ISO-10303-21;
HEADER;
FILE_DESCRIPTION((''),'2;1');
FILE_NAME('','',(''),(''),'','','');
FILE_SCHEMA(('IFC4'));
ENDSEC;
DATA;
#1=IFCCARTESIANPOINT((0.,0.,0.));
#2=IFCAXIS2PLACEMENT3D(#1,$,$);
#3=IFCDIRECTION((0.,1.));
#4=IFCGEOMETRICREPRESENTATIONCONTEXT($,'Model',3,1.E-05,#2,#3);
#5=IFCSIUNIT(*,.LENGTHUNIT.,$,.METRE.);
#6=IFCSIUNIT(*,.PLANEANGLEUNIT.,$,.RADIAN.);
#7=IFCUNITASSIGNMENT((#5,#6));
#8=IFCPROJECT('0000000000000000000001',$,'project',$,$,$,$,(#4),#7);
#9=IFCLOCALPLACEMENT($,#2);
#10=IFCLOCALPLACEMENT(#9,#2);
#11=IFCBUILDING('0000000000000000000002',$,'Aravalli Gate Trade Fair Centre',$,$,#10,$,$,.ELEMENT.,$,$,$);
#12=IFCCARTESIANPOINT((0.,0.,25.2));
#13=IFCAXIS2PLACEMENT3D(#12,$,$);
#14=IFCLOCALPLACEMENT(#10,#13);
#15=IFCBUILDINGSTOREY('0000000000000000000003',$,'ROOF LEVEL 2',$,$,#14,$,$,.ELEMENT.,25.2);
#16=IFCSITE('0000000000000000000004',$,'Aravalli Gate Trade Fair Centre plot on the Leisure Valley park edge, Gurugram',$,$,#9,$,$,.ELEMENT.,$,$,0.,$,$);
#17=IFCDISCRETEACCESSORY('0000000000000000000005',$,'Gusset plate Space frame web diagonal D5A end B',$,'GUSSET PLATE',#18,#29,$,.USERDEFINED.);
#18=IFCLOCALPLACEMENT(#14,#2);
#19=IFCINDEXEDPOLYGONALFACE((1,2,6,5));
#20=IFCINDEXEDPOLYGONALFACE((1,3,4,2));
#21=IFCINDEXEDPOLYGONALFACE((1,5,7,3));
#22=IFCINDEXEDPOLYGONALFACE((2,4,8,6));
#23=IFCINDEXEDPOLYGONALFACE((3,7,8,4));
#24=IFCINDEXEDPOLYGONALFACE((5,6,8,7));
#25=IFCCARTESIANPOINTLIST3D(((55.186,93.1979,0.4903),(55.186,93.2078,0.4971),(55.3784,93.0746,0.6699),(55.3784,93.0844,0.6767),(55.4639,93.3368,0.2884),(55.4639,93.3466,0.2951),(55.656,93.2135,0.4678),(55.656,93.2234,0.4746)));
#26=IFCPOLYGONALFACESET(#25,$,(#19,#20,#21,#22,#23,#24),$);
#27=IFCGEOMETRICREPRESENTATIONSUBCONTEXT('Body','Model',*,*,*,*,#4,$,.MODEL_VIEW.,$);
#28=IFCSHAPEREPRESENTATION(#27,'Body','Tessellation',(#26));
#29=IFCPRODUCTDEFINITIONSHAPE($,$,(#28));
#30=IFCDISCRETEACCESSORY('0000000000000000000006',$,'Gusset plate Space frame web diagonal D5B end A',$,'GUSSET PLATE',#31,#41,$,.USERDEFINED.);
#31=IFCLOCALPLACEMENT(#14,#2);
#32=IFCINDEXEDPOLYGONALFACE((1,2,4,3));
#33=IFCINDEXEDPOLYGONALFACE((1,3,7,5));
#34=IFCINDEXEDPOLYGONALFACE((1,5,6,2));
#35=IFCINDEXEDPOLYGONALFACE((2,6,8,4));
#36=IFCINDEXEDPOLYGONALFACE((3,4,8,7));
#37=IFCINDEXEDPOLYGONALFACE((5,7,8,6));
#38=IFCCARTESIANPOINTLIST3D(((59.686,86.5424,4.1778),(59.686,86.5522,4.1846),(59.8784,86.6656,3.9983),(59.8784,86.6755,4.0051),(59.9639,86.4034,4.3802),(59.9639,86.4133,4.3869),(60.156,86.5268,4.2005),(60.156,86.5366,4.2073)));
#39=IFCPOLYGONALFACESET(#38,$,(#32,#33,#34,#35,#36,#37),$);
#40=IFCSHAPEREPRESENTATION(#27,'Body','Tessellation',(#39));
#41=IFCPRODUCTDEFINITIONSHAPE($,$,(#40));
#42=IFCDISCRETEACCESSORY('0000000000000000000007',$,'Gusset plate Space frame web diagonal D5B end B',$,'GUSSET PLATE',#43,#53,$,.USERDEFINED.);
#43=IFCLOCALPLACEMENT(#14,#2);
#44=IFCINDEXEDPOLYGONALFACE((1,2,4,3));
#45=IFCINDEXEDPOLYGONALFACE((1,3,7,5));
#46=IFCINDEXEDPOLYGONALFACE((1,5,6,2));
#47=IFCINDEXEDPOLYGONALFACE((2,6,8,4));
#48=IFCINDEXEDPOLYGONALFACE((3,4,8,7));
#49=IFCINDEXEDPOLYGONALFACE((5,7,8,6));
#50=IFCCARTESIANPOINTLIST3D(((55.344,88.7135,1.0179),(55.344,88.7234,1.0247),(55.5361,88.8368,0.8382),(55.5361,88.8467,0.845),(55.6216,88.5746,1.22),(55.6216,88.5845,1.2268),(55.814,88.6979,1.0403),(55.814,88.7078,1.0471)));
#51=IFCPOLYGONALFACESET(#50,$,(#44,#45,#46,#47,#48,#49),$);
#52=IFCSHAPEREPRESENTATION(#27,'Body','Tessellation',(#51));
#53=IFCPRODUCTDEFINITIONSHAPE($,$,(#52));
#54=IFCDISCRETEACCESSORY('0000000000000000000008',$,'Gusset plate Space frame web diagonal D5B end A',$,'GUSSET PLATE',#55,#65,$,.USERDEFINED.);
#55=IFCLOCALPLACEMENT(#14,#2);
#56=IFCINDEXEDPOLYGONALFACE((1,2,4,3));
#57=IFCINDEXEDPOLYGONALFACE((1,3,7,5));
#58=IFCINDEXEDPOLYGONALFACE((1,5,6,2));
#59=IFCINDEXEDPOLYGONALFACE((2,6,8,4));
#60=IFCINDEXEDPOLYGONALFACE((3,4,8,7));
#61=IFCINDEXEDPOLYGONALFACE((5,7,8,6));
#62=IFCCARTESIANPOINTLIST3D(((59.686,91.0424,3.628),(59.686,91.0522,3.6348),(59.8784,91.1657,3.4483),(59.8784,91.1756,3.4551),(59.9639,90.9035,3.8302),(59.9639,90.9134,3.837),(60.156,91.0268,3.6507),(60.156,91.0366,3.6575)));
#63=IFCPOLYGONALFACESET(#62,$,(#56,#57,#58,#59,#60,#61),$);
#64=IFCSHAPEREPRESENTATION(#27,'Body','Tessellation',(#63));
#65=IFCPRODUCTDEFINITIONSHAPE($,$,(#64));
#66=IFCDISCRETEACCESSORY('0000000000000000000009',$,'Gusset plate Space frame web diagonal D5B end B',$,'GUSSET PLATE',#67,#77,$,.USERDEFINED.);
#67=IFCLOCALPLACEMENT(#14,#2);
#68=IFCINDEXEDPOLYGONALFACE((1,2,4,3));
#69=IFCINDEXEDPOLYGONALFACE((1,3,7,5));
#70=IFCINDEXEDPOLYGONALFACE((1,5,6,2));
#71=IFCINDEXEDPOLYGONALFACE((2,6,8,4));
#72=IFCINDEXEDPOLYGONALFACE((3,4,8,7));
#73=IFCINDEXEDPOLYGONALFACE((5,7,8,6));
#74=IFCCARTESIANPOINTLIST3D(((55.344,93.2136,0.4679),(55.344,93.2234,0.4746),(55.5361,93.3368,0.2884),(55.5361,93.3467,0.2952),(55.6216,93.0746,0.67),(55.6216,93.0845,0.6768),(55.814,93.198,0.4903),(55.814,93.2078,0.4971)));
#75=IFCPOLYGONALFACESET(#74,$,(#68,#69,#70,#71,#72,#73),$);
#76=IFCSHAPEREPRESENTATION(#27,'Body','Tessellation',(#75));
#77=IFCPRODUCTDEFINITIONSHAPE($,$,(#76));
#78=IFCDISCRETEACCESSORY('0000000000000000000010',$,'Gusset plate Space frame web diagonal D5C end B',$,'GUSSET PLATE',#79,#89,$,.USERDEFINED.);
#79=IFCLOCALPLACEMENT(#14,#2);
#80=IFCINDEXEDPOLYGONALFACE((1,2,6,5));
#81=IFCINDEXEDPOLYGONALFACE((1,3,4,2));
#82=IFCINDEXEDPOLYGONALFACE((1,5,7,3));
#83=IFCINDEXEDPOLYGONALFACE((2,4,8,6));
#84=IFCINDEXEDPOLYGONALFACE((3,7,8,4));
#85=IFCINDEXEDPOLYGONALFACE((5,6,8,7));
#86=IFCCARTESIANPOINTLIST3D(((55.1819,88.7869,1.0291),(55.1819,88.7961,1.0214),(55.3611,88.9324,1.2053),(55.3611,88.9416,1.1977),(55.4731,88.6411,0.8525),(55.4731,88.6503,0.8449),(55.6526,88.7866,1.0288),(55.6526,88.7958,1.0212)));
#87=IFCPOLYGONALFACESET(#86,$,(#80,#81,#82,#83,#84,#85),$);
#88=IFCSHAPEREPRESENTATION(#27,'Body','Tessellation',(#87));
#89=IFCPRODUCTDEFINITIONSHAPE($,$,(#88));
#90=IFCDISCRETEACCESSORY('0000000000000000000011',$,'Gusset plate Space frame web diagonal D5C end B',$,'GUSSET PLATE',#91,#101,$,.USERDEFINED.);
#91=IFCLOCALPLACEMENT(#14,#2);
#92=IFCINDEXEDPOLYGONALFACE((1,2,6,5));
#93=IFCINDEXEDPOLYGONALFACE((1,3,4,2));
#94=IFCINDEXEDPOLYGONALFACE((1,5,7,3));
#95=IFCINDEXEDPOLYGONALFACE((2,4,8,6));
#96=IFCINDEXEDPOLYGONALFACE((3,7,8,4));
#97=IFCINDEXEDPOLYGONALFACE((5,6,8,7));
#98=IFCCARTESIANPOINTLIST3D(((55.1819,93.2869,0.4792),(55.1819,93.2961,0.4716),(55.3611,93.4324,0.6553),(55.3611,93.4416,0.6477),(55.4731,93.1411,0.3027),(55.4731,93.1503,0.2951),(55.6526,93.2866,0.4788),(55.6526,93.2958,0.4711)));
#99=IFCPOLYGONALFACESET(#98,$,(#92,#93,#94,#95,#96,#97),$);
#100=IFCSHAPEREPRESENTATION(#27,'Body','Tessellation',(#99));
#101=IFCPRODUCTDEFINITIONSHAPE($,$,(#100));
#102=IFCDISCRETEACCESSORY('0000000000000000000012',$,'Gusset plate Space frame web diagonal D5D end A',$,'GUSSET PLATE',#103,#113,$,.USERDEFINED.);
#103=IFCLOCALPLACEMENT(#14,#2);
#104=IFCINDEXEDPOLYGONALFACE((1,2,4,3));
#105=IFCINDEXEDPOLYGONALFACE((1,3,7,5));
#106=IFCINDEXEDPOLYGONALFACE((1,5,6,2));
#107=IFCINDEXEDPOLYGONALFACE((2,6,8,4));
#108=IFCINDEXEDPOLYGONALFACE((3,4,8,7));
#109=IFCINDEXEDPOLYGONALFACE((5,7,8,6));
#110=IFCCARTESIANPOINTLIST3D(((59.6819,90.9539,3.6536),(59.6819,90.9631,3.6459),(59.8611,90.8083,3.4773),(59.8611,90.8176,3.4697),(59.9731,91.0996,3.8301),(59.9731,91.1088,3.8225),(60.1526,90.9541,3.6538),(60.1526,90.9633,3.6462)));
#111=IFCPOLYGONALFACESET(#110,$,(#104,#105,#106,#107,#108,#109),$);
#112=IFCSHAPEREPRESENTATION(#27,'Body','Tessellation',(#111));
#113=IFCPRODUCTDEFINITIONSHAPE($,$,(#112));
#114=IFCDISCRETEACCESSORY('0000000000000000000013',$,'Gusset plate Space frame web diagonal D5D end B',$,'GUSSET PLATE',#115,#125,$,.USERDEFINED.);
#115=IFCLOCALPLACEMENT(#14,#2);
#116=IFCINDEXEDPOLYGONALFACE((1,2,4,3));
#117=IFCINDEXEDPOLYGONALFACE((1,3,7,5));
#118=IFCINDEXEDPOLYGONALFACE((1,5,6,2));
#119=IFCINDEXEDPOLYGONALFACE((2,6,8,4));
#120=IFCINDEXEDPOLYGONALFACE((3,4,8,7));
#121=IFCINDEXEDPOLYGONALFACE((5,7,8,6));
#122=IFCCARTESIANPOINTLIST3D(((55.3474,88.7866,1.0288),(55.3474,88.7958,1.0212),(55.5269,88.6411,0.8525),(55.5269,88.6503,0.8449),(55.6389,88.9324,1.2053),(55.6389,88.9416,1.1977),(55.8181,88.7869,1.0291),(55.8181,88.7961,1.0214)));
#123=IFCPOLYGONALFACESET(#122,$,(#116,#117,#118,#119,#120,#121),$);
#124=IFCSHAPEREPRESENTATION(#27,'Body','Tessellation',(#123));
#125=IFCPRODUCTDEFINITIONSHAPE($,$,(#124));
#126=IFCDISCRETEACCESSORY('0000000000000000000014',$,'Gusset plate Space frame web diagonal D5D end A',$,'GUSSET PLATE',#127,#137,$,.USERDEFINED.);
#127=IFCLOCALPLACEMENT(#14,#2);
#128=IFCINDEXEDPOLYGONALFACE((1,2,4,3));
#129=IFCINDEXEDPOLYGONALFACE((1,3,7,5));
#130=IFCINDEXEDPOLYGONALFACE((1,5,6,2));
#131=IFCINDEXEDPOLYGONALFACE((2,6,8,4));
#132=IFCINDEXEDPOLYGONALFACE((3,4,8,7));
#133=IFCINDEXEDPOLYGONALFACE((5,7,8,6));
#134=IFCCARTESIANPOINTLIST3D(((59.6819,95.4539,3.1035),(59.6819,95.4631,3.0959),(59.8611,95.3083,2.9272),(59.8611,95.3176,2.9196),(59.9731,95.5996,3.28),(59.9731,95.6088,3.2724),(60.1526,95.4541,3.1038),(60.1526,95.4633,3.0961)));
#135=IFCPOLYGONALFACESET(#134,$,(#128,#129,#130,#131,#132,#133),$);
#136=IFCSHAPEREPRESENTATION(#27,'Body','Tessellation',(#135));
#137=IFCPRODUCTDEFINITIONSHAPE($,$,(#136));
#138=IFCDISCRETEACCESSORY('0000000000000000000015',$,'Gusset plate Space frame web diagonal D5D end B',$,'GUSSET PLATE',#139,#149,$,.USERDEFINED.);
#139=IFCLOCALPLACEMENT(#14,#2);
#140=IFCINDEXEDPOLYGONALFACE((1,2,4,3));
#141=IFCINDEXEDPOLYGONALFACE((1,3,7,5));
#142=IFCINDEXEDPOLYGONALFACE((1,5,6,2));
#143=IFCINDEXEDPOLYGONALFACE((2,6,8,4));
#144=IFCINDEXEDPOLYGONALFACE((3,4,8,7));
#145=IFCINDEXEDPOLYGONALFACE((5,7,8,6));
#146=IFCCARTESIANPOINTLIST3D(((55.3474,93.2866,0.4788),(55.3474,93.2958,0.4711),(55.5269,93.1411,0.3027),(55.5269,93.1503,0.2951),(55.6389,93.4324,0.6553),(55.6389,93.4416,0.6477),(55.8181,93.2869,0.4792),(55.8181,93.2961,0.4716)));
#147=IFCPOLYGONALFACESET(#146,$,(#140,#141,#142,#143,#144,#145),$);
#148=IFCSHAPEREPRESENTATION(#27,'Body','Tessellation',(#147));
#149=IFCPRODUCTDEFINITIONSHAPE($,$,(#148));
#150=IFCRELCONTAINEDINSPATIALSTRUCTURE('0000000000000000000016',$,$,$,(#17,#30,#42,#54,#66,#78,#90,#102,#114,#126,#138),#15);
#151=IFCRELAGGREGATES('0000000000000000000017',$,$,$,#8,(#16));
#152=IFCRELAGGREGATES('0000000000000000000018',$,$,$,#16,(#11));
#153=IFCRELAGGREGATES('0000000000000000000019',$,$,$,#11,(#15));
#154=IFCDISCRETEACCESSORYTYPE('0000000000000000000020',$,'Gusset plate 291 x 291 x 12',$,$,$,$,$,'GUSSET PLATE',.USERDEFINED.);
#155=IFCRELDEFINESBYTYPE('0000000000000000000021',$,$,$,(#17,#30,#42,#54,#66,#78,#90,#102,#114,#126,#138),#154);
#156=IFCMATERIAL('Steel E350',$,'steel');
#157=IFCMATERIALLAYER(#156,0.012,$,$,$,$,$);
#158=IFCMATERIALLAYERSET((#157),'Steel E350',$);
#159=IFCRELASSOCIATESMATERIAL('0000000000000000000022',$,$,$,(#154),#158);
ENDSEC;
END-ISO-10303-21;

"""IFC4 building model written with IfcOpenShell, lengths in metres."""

from ifc_helpers import new_model, si_unit, direction, frame, origin, place, context, subcontext, project, spatial, polyline, outline, extrude, material, layer, layer_set, type_object, element, save


model = new_model("IFC4")

# Units and contexts
model_context = context("Model", 3, precision=1e-05, world=origin(), true_north=direction((0.0, 1.0)))
body_context = subcontext(model_context, "Body", "Model", "MODEL_VIEW")
ifc_project = project(units=[si_unit("LENGTHUNIT", "METRE"), si_unit("PLANEANGLEUNIT", "RADIAN")], contexts=[model_context])

# Site, building, storey
site_placement = place(None, origin())
site = spatial("IfcSite", under=ifc_project, at=site_placement, Name="Aravalli Gate Trade Fair Centre plot on the Leisure Valley park edge, Gurugram", CompositionType="ELEMENT", RefElevation=0.0)
building_placement = place(site_placement, origin())
building = spatial("IfcBuilding", under=site, at=building_placement, Name="Aravalli Gate Trade Fair Centre", CompositionType="ELEMENT")
storey_placement = place(building_placement, frame((0.0, 0.0, 25.2)))
storey = spatial("IfcBuildingStorey", under=building, at=storey_placement, Name="ROOF LEVEL 2", CompositionType="ELEMENT", Elevation=25.2)

# Shared definitions
ifc_material_1 = material(Name="Steel E350", Category="steel")

# Discrete accessories
ifc_layer_1 = layer(ifc_material_1, 0.012)
ifc_layer_set_1 = layer_set([ifc_layer_1], Name="Steel E350")
discrete_accessory_type = type_object("IfcDiscreteAccessoryType", Name="Gusset plate 291 x 291 x 12", ElementType="GUSSET PLATE", PredefinedType="USERDEFINED", material=ifc_layer_set_1)
discrete_accessory_1_placement = place(storey_placement, frame((55.186, 93.2078, 0.4971), z_axis=(-0.000339, 0.824216, 0.566276), x_axis=(0.749929, 0.374811, -0.545089)))
element("IfcDiscreteAccessory", 1, at=discrete_accessory_1_placement, inside=storey, type_object=discrete_accessory_type, Name="Gusset plate Space frame web diagonal D5A end B", ObjectType="GUSSET PLATE", PredefinedType="USERDEFINED", context=body_context, shape_type="SweptSolid", body=[
    extrude(outline(polyline([(0.0, 0.0), (0.3705, 0.0), (0.3705, -0.2904), (0.0001, -0.2907), (0.0, 0.0)])), origin(), (0.0, 0.0, -1.0), 0.012),
])
discrete_accessory_2_placement = place(storey_placement, frame((59.686, 86.5522, 4.1846), z_axis=(0.000059, 0.824356, 0.566072), x_axis=(0.749391, -0.374849, 0.545804)))
element("IfcDiscreteAccessory", 2, at=discrete_accessory_2_placement, inside=storey, type_object=discrete_accessory_type, Name="Gusset plate Space frame web diagonal D5B end A", ObjectType="GUSSET PLATE", PredefinedType="USERDEFINED", context=body_context, shape_type="SweptSolid", body=[
    extrude(outline(polyline([(0.0, 0.0), (0.3707, 0.0), (0.3704, 0.2905), (0.0, 0.2905), (0.0, 0.0)])), origin(), (0.0, 0.0, -1.0), 0.012),
])
discrete_accessory_3_placement = place(storey_placement, frame((55.6216, 88.5845, 1.2268), z_axis=(0.000356, 0.824387, 0.566027), x_axis=(-0.749371, 0.375015, -0.545716)))
element("IfcDiscreteAccessory", 3, at=discrete_accessory_3_placement, inside=storey, type_object=discrete_accessory_type, Name="Gusset plate Space frame web diagonal D5B end B", ObjectType="GUSSET PLATE", PredefinedType="USERDEFINED", context=body_context, shape_type="SweptSolid", body=[
    extrude(outline(polyline([(0.0, 0.0), (0.3704, 0.0), (0.3707, -0.2905), (0.0001, -0.2907), (0.0, 0.0)])), origin(), (0.0, 0.0, -1.0), 0.012),
])
discrete_accessory_4_placement = place(storey_placement, frame((59.686, 91.0522, 3.6348), z_axis=(0.000059, 0.824356, 0.566072), x_axis=(0.74966, -0.374676, 0.545552)))
element("IfcDiscreteAccessory", 4, at=discrete_accessory_4_placement, inside=storey, type_object=discrete_accessory_type, Name="Gusset plate Space frame web diagonal D5B end A", ObjectType="GUSSET PLATE", PredefinedType="USERDEFINED", context=body_context, shape_type="SweptSolid", body=[
    extrude(outline(polyline([(0.0, 0.0), (0.3706, 0.0), (0.3706, 0.2904), (0.0, 0.2907), (0.0, 0.0)])), origin(), (0.0, 0.0, -1.0), 0.012),
])
discrete_accessory_5_placement = place(storey_placement, frame((55.6216, 93.0845, 0.6768), z_axis=(0.000339, 0.824216, 0.566276), x_axis=(-0.749371, 0.375169, -0.545611)))
element("IfcDiscreteAccessory", 5, at=discrete_accessory_5_placement, inside=storey, type_object=discrete_accessory_type, Name="Gusset plate Space frame web diagonal D5B end B", ObjectType="GUSSET PLATE", PredefinedType="USERDEFINED", context=body_context, shape_type="SweptSolid", body=[
    extrude(outline(polyline([(0.0, 0.0), (0.3704, 0.0), (0.3706, -0.2904), (0.0001, -0.2907), (0.0, 0.0)])), origin(), (0.0, 0.0, -1.0), 0.012),
])
discrete_accessory_6_placement = place(storey_placement, frame((55.1819, 88.7869, 1.0291), z_axis=(-0.00007, -0.771155, 0.636648), x_axis=(0.786233, -0.393446, -0.476485)))
element("IfcDiscreteAccessory", 6, at=discrete_accessory_6_placement, inside=storey, type_object=discrete_accessory_type, Name="Gusset plate Space frame web diagonal D5C end B", ObjectType="GUSSET PLATE", PredefinedType="USERDEFINED", context=body_context, shape_type="SweptSolid", body=[
    extrude(outline(polyline([(0.0, 0.0), (0.3704, 0.0), (0.3703, 0.2906), (-0.0003, 0.2904), (0.0, 0.0)])), origin(), (0.0, 0.0, -1.0), 0.012),
])
discrete_accessory_7_placement = place(storey_placement, frame((55.1819, 93.2869, 0.4792), z_axis=(0.000261, -0.770887, 0.636972), x_axis=(0.786233, -0.393446, -0.476485)))
element("IfcDiscreteAccessory", 7, at=discrete_accessory_7_placement, inside=storey, type_object=discrete_accessory_type, Name="Gusset plate Space frame web diagonal D5C end B", ObjectType="GUSSET PLATE", PredefinedType="USERDEFINED", context=body_context, shape_type="SweptSolid", body=[
    extrude(outline(polyline([(0.0, 0.0), (0.3704, 0.0), (0.3704, 0.2904), (-0.0002, 0.2903), (0.0, 0.0)])), origin(), (0.0, 0.0, -1.0), 0.012),
])
discrete_accessory_8_placement = place(storey_placement, frame((59.6819, 90.9539, 3.6536), z_axis=(0.00007, -0.771155, 0.636648), x_axis=(0.786233, 0.393446, 0.476485)))
element("IfcDiscreteAccessory", 8, at=discrete_accessory_8_placement, inside=storey, type_object=discrete_accessory_type, Name="Gusset plate Space frame web diagonal D5D end A", ObjectType="GUSSET PLATE", PredefinedType="USERDEFINED", context=body_context, shape_type="SweptSolid", body=[
    extrude(outline(polyline([(0.0, 0.0), (0.3704, 0.0), (0.3703, -0.2906), (-0.0003, -0.2904), (0.0, 0.0)])), origin(), (0.0, 0.0, -1.0), 0.012),
])
discrete_accessory_9_placement = place(storey_placement, frame((55.6389, 88.9324, 1.2053), z_axis=(0.00007, -0.771155, 0.636648), x_axis=(-0.786484, -0.393242, -0.476238)))
element("IfcDiscreteAccessory", 9, at=discrete_accessory_9_placement, inside=storey, type_object=discrete_accessory_type, Name="Gusset plate Space frame web diagonal D5D end B", ObjectType="GUSSET PLATE", PredefinedType="USERDEFINED", context=body_context, shape_type="SweptSolid", body=[
    extrude(outline(polyline([(0.0, 0.0), (0.3706, 0.0), (0.3707, 0.2906), (0.0002, 0.2904), (0.0, 0.0)])), origin(), (0.0, 0.0, -1.0), 0.012),
])
discrete_accessory_10_placement = place(storey_placement, frame((59.6819, 95.4539, 3.1035), z_axis=(0.00007, -0.771155, 0.636648), x_axis=(0.786233, 0.393446, 0.476485)))
element("IfcDiscreteAccessory", 10, at=discrete_accessory_10_placement, inside=storey, type_object=discrete_accessory_type, Name="Gusset plate Space frame web diagonal D5D end A", ObjectType="GUSSET PLATE", PredefinedType="USERDEFINED", context=body_context, shape_type="SweptSolid", body=[
    extrude(outline(polyline([(0.0, 0.0), (0.3704, 0.0), (0.3703, -0.2906), (-0.0003, -0.2904), (0.0, 0.0)])), origin(), (0.0, 0.0, -1.0), 0.012),
])
discrete_accessory_11_placement = place(storey_placement, frame((55.6389, 93.4324, 0.6553), z_axis=(-0.000261, -0.770887, 0.636972), x_axis=(-0.786484, -0.393242, -0.476238)))
element("IfcDiscreteAccessory", 11, at=discrete_accessory_11_placement, inside=storey, type_object=discrete_accessory_type, Name="Gusset plate Space frame web diagonal D5D end B", ObjectType="GUSSET PLATE", PredefinedType="USERDEFINED", context=body_context, shape_type="SweptSolid", body=[
    extrude(outline(polyline([(0.0, 0.0), (0.3706, 0.0), (0.3706, 0.2904), (0.0001, 0.2903), (0.0, 0.0)])), origin(), (0.0, 0.0, -1.0), 0.012),
])

save(model, "model.ifc")
